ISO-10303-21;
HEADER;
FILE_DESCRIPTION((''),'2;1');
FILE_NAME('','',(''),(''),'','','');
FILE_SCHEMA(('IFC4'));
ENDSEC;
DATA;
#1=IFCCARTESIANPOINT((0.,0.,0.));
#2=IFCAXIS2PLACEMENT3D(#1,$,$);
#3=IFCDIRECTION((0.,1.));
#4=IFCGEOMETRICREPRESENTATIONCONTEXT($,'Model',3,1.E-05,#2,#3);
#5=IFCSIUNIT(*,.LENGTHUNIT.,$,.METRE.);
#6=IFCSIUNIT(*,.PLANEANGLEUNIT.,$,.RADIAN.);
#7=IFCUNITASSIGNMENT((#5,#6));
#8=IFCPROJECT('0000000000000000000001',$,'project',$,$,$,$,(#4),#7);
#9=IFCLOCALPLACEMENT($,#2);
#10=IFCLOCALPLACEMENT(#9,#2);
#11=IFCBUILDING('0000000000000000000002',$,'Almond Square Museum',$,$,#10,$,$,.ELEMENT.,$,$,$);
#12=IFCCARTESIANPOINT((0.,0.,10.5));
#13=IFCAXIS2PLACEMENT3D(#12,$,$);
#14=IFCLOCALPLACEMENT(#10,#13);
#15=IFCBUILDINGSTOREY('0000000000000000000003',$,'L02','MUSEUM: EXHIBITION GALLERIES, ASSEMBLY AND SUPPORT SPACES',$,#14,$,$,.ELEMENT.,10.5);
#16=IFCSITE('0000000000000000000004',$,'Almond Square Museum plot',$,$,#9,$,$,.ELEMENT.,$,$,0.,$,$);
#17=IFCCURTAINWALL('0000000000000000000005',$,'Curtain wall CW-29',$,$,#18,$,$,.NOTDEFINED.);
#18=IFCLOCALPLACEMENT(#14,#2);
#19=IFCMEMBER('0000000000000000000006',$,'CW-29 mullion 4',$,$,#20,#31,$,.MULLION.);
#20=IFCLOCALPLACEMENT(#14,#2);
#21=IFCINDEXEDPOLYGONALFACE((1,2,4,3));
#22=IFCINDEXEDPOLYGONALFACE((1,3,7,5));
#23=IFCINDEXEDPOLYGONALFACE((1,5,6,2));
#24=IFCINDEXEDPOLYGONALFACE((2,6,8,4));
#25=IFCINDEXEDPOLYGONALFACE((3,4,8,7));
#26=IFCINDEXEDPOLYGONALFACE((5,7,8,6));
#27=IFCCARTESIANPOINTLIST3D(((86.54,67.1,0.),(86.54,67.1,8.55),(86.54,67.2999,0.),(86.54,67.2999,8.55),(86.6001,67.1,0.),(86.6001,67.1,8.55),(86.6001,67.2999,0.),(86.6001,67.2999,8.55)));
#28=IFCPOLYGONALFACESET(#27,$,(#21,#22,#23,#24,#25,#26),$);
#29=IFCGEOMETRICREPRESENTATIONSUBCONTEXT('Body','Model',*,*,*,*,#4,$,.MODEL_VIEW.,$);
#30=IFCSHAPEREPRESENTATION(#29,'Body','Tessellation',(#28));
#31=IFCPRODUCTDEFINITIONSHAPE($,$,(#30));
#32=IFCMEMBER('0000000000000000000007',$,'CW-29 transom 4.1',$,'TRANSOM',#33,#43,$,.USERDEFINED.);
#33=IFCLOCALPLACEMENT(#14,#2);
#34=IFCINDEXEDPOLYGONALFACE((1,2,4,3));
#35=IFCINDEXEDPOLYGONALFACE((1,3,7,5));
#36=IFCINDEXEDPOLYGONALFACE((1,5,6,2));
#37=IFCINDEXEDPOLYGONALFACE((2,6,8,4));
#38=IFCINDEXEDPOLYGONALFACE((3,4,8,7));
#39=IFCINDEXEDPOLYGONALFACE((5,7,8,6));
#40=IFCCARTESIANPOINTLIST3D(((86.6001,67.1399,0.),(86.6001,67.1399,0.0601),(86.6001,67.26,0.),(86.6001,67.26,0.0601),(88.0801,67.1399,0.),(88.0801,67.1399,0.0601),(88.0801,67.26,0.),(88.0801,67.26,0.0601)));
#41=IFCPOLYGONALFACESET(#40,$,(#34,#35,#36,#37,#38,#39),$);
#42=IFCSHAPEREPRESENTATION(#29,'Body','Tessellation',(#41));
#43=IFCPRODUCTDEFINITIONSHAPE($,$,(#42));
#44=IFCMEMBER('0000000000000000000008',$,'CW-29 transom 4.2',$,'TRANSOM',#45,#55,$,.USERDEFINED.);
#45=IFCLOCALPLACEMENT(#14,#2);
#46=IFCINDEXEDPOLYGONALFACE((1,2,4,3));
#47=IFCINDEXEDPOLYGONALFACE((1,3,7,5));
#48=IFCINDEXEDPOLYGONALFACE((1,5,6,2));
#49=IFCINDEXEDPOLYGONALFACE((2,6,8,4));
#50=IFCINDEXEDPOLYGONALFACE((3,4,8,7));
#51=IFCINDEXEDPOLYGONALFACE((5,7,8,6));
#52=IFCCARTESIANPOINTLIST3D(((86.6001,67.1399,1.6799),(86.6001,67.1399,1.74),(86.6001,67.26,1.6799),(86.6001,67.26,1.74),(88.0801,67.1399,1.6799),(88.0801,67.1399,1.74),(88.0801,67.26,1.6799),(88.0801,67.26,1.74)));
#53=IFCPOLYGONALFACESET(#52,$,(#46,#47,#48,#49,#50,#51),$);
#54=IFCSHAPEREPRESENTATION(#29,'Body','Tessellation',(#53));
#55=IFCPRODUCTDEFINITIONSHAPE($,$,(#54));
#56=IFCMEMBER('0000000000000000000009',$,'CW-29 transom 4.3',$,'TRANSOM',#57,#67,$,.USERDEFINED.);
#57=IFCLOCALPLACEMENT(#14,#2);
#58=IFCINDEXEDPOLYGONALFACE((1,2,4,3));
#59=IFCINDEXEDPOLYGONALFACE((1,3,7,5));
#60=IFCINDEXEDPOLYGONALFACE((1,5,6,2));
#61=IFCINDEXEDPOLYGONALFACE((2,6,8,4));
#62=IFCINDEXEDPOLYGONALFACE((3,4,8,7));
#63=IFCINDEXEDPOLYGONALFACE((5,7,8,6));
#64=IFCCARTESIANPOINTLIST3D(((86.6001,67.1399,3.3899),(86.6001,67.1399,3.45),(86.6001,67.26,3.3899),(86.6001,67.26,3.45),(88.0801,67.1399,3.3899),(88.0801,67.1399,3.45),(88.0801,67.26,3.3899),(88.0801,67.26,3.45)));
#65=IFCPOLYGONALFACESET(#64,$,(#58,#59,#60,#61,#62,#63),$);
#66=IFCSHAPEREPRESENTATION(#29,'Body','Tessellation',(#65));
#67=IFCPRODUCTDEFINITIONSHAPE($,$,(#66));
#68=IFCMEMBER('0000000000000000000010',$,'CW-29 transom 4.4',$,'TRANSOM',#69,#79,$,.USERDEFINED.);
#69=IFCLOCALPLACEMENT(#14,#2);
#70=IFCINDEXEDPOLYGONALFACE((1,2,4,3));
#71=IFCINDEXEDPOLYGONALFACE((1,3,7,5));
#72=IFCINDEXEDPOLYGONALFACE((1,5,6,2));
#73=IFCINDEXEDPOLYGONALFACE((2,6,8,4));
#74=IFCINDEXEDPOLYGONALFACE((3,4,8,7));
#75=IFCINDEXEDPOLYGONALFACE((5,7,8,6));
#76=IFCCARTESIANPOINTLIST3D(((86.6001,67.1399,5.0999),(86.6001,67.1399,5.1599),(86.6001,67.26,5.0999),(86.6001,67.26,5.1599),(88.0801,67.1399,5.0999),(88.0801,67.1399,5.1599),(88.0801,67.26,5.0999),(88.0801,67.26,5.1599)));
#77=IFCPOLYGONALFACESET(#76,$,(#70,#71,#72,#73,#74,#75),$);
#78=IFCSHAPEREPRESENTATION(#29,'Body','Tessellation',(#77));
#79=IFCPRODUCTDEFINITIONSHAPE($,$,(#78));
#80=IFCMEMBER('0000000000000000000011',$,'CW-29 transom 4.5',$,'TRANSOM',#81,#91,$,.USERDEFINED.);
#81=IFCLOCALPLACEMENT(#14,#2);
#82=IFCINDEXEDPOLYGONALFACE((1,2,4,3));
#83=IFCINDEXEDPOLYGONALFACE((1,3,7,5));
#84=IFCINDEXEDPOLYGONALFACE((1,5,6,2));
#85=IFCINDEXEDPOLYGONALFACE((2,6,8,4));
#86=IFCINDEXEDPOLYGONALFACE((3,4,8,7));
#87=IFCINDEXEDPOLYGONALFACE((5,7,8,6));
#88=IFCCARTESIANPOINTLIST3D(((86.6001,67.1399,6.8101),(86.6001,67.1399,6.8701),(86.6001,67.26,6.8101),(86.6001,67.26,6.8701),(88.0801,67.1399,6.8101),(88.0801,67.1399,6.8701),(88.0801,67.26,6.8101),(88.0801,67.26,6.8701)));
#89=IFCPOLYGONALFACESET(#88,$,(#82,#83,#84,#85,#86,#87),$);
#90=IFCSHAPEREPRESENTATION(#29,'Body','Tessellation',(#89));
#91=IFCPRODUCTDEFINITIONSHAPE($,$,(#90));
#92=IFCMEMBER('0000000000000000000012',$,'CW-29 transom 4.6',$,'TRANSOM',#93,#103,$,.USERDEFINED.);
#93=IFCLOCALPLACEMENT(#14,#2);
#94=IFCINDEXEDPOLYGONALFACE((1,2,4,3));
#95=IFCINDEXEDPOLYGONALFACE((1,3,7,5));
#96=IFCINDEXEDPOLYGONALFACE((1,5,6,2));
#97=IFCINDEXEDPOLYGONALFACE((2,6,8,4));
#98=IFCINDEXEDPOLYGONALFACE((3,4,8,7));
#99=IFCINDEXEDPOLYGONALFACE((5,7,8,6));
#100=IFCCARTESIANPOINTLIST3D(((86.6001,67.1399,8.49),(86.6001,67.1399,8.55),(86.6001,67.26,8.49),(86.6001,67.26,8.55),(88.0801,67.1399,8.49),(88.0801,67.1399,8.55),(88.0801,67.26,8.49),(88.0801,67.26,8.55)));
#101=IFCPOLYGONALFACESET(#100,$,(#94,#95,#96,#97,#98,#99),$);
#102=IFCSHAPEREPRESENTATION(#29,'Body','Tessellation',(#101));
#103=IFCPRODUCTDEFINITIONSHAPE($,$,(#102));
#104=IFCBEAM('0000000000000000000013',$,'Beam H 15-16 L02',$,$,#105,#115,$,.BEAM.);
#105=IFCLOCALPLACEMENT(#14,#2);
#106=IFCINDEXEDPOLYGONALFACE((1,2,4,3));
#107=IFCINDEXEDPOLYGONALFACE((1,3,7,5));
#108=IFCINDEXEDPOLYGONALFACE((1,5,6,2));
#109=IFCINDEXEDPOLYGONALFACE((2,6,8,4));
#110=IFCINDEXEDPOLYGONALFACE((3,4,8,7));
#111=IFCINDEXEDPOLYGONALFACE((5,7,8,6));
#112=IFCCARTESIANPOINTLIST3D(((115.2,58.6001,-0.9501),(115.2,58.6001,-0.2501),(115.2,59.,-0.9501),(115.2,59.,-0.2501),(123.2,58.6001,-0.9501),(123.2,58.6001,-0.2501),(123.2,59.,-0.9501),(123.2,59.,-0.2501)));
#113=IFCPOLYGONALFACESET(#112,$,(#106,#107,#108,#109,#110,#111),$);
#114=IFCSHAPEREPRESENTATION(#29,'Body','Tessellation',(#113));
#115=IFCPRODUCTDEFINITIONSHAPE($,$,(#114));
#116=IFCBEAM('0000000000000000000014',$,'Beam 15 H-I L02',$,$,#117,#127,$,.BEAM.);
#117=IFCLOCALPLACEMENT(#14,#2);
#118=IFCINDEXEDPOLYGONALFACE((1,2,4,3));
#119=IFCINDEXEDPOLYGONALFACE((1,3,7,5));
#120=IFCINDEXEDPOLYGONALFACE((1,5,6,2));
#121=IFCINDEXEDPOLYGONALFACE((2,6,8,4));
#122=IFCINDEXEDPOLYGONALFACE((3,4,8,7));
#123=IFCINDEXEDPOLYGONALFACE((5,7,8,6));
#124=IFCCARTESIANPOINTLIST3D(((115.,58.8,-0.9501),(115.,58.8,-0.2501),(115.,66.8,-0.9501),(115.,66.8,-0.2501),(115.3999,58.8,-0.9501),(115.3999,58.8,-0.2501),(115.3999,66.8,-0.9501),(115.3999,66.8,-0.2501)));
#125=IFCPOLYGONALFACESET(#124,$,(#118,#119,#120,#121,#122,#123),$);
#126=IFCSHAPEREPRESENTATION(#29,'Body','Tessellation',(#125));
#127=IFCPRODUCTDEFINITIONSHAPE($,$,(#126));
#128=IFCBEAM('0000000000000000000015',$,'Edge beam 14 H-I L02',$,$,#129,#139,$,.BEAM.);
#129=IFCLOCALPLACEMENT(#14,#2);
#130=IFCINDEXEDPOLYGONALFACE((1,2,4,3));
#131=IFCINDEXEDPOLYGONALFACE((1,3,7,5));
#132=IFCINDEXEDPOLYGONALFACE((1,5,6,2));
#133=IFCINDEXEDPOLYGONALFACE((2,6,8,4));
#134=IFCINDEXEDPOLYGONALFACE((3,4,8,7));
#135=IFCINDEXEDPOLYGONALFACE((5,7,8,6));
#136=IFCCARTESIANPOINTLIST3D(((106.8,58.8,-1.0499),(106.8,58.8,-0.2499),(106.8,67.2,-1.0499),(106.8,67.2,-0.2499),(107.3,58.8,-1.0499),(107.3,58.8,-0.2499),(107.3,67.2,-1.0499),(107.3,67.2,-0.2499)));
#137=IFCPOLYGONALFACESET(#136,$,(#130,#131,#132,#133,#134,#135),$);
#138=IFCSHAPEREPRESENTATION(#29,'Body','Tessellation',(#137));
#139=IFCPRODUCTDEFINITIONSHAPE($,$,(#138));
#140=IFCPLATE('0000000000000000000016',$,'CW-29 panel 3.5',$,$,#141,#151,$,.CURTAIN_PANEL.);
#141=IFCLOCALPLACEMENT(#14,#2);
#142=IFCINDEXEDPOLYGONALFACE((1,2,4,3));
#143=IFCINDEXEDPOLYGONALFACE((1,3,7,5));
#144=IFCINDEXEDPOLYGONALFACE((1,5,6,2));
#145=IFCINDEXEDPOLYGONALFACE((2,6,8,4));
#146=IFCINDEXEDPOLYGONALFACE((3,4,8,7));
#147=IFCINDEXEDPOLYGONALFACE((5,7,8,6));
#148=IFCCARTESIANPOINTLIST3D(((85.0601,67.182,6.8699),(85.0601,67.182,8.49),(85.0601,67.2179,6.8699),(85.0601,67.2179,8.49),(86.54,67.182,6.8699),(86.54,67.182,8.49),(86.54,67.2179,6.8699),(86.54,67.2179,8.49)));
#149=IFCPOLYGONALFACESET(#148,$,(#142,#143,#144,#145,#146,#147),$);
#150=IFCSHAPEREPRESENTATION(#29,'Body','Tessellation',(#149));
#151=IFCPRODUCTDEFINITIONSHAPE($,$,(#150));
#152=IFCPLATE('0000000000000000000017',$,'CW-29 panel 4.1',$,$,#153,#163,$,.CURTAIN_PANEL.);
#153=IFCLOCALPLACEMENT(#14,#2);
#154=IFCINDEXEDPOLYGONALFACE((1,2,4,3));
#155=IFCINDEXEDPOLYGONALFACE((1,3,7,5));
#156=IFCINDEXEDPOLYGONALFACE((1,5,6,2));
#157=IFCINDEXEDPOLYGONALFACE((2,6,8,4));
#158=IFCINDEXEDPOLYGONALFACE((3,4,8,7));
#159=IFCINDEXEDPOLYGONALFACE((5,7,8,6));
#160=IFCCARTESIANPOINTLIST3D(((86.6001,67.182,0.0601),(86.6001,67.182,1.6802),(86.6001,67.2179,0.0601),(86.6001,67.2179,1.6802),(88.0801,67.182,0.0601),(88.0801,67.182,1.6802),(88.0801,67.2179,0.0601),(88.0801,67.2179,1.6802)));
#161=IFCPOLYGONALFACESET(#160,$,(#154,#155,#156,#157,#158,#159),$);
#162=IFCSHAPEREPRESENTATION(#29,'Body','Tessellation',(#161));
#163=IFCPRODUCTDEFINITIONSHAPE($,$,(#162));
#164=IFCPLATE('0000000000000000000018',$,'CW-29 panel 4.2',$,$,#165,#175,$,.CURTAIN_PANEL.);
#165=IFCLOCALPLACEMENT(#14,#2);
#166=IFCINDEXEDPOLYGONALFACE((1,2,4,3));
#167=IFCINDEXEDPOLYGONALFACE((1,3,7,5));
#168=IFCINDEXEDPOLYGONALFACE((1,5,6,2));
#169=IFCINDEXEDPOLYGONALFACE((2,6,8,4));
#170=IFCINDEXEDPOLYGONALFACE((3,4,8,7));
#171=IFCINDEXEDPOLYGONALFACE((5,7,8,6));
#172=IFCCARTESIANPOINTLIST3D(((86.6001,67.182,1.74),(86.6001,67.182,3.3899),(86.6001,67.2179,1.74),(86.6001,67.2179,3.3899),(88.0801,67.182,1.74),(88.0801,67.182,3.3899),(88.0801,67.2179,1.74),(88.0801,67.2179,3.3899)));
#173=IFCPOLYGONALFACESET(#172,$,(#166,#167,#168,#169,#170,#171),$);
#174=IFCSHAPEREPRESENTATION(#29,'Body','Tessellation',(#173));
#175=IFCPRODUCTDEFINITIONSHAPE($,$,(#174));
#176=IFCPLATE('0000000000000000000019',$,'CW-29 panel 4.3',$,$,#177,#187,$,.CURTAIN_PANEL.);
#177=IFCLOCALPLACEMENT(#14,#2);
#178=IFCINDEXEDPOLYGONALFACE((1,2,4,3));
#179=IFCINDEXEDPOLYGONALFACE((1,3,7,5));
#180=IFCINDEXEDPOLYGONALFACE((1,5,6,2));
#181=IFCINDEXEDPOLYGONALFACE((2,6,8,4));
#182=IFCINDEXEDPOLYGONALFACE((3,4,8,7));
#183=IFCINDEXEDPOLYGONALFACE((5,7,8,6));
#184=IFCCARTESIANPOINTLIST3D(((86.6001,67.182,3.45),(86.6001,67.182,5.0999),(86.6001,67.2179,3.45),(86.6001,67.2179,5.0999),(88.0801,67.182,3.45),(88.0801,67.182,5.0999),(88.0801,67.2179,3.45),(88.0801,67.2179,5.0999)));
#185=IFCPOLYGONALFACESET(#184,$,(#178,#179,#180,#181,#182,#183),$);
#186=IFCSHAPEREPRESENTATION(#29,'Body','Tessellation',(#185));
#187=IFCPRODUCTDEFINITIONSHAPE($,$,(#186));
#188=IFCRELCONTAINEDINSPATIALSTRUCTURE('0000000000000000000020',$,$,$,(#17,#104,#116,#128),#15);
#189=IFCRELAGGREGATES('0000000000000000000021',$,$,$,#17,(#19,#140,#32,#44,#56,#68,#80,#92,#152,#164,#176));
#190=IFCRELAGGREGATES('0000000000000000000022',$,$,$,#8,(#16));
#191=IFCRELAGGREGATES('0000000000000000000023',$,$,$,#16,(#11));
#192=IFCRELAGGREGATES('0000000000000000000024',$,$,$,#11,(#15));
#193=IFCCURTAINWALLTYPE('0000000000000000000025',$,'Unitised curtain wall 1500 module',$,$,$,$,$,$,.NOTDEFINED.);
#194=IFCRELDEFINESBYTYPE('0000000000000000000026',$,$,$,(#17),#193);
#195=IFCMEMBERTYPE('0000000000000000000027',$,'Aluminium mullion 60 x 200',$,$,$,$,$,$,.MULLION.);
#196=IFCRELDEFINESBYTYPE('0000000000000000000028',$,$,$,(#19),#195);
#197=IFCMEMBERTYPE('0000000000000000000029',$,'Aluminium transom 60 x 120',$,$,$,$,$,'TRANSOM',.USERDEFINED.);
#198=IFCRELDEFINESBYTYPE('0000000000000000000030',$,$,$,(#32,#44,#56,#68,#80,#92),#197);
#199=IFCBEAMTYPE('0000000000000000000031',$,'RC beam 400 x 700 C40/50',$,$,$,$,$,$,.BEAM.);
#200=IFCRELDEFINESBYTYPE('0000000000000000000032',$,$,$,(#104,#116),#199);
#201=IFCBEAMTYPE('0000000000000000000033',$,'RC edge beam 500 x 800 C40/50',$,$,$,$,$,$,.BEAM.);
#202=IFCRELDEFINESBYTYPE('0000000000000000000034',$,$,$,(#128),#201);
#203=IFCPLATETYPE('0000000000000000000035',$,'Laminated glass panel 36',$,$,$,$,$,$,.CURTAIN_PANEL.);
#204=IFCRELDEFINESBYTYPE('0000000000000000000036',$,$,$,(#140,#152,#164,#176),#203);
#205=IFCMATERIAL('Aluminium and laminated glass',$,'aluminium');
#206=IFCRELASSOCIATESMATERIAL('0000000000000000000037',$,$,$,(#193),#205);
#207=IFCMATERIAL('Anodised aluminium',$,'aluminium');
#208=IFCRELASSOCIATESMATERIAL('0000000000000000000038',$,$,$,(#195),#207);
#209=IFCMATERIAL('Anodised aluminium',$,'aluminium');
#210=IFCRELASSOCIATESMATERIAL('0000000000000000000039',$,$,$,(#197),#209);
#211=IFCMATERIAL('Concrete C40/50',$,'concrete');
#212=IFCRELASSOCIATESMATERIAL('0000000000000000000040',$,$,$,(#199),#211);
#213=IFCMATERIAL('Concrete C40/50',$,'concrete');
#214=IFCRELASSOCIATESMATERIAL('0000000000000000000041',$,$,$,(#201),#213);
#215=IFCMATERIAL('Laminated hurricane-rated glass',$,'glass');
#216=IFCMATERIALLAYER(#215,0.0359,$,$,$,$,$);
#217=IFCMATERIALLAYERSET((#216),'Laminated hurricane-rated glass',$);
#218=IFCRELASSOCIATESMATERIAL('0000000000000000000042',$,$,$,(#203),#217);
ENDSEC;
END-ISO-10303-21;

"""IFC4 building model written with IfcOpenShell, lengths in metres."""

from ifc_helpers import new_model, si_unit, direction, frame, origin, origin_2d, place, context, subcontext, project, spatial, rectangle, extrude, material, layer, layer_set, material_profile, profile_set, type_object, element, aggregate, save


model = new_model("IFC4")

# Units and contexts
model_context = context("Model", 3, precision=1e-05, world=origin(), true_north=direction((0.0, 1.0)))
body_context = subcontext(model_context, "Body", "Model", "MODEL_VIEW")
ifc_project = project(units=[si_unit("LENGTHUNIT", "METRE"), si_unit("PLANEANGLEUNIT", "RADIAN")], contexts=[model_context])

# Site, building, storey
site_placement = place(None, origin())
site = spatial("IfcSite", under=ifc_project, at=site_placement, Name="Almond Square Museum plot", CompositionType="ELEMENT", RefElevation=0.0)
building_placement = place(site_placement, origin())
building = spatial("IfcBuilding", under=site, at=building_placement, Name="Almond Square Museum", CompositionType="ELEMENT")
storey_placement = place(building_placement, frame((0.0, 0.0, 10.5)))
storey = spatial("IfcBuildingStorey", under=building, at=storey_placement, Name="L02", Description="MUSEUM: EXHIBITION GALLERIES, ASSEMBLY AND SUPPORT SPACES", CompositionType="ELEMENT", Elevation=10.5)

# Curtain wall, members
ifc_material_1 = material(Name="Aluminium and laminated glass", Category="aluminium")
curtain_wall_type = type_object("IfcCurtainWallType", Name="Unitised curtain wall 1500 module", PredefinedType="NOTDEFINED", material=ifc_material_1)
curtain_wall_placement = place(storey_placement, origin())
curtain_wall = element("IfcCurtainWall", 1, at=curtain_wall_placement, inside=storey, type_object=curtain_wall_type, Name="Curtain wall CW-29", PredefinedType="NOTDEFINED")
ifc_material_2 = material(Name="Anodised aluminium", Category="aluminium")
ifc_material_profile_1 = material_profile(ifc_material_2, rectangle(XDim=0.2, YDim=0.0601, at=origin_2d()))
ifc_profile_set_1 = profile_set([ifc_material_profile_1], Name="Anodised aluminium")
member_type_1 = type_object("IfcMemberType", Name="Aluminium mullion 60 x 200", PredefinedType="MULLION", material=ifc_profile_set_1)
member_1_placement = place(storey_placement, frame((86.5701, 67.2, 0.0), z_axis=(0.0, 0.0, 1.0), x_axis=(0.0, 1.0, 0.0)))
member_1 = element("IfcMember", 2, at=member_1_placement, type_object=member_type_1, Name="CW-29 mullion 4", PredefinedType="MULLION", context=body_context, shape_type="SweptSolid", body=[
    extrude(rectangle(XDim=0.2, YDim=0.0601, at=origin_2d()), origin(), (0.0, 0.0, 1.0), 8.55),
])
ifc_material_3 = material(Name="Anodised aluminium", Category="aluminium")
ifc_material_profile_2 = material_profile(ifc_material_3, rectangle(XDim=0.1201, YDim=0.0601, at=origin_2d()))
ifc_profile_set_2 = profile_set([ifc_material_profile_2], Name="Anodised aluminium")
member_type_2 = type_object("IfcMemberType", Name="Aluminium transom 60 x 120", ElementType="TRANSOM", PredefinedType="USERDEFINED", material=ifc_profile_set_2)
member_2_placement = place(storey_placement, frame((86.6001, 67.2, 0.03), z_axis=(1.0, 0.0, 0.0), x_axis=(0.0, 1.0, 0.0)))
member_2 = element("IfcMember", 3, at=member_2_placement, type_object=member_type_2, Name="CW-29 transom 4.1", ObjectType="TRANSOM", PredefinedType="USERDEFINED", context=body_context, shape_type="SweptSolid", body=[
    extrude(rectangle(XDim=0.1201, YDim=0.0601, at=origin_2d()), origin(), (0.0, 0.0, 1.0), 1.48),
])
member_3_placement = place(storey_placement, frame((86.6001, 67.2, 1.71), z_axis=(1.0, 0.0, 0.0), x_axis=(0.0, 1.0, 0.0)))
member_3 = element("IfcMember", 4, at=member_3_placement, type_object=member_type_2, Name="CW-29 transom 4.2", ObjectType="TRANSOM", PredefinedType="USERDEFINED", context=body_context, shape_type="SweptSolid", body=[
    extrude(rectangle(XDim=0.1201, YDim=0.0601, at=origin_2d()), origin(), (0.0, 0.0, 1.0), 1.48),
])
member_4_placement = place(storey_placement, frame((86.6001, 67.2, 3.4199), z_axis=(1.0, 0.0, 0.0), x_axis=(0.0, 1.0, 0.0)))
member_4 = element("IfcMember", 5, at=member_4_placement, type_object=member_type_2, Name="CW-29 transom 4.3", ObjectType="TRANSOM", PredefinedType="USERDEFINED", context=body_context, shape_type="SweptSolid", body=[
    extrude(rectangle(XDim=0.1201, YDim=0.0601, at=origin_2d()), origin(), (0.0, 0.0, 1.0), 1.48),
])
member_5_placement = place(storey_placement, frame((86.6001, 67.2, 5.1299), z_axis=(1.0, 0.0, 0.0), x_axis=(0.0, 1.0, 0.0)))
member_5 = element("IfcMember", 6, at=member_5_placement, type_object=member_type_2, Name="CW-29 transom 4.4", ObjectType="TRANSOM", PredefinedType="USERDEFINED", context=body_context, shape_type="SweptSolid", body=[
    extrude(rectangle(XDim=0.1201, YDim=0.0601, at=origin_2d()), origin(), (0.0, 0.0, 1.0), 1.48),
])
member_6_placement = place(storey_placement, frame((86.6001, 67.2, 6.8401), z_axis=(1.0, 0.0, 0.0), x_axis=(0.0, 1.0, 0.0)))
member_6 = element("IfcMember", 7, at=member_6_placement, type_object=member_type_2, Name="CW-29 transom 4.5", ObjectType="TRANSOM", PredefinedType="USERDEFINED", context=body_context, shape_type="SweptSolid", body=[
    extrude(rectangle(XDim=0.1201, YDim=0.0601, at=origin_2d()), origin(), (0.0, 0.0, 1.0), 1.48),
])
member_7_placement = place(storey_placement, frame((86.6001, 67.2, 8.52), z_axis=(1.0, 0.0, 0.0), x_axis=(0.0, 1.0, 0.0)))
member_7 = element("IfcMember", 8, at=member_7_placement, type_object=member_type_2, Name="CW-29 transom 4.6", ObjectType="TRANSOM", PredefinedType="USERDEFINED", context=body_context, shape_type="SweptSolid", body=[
    extrude(rectangle(XDim=0.1201, YDim=0.0601, at=origin_2d()), origin(), (0.0, 0.0, 1.0), 1.48),
])

# Beams
ifc_material_4 = material(Name="Concrete C40/50", Category="concrete")
ifc_material_profile_3 = material_profile(ifc_material_4, rectangle(XDim=0.3999, YDim=0.7, at=origin_2d()))
ifc_profile_set_3 = profile_set([ifc_material_profile_3], Name="Concrete C40/50")
beam_type_1 = type_object("IfcBeamType", Name="RC beam 400 x 700 C40/50", PredefinedType="BEAM", material=ifc_profile_set_3)
for number, where, z_axis, x_axis, name in (
    (9, (115.2, 58.8, -0.6001), (1.0, 0.0, 0.0), (0.0, 1.0, 0.0), "Beam H 15-16 L02"),
    (10, (115.2, 58.8, -0.6001), (0.0, 1.0, 0.0), (-1.0, 0.0, 0.0), "Beam 15 H-I L02"),
):
    element("IfcBeam", number, at=place(storey_placement, frame(where, z_axis=z_axis, x_axis=x_axis)), inside=storey, type_object=beam_type_1, Name=name, PredefinedType="BEAM", context=body_context, shape_type="SweptSolid", body=[
        extrude(rectangle(XDim=0.3999, YDim=0.7, at=origin_2d()), origin(), (0.0, 0.0, 1.0), 8.0),
    ])
ifc_material_5 = material(Name="Concrete C40/50", Category="concrete")
ifc_material_profile_4 = material_profile(ifc_material_5, rectangle(XDim=0.5, YDim=0.8, at=origin_2d()))
ifc_profile_set_4 = profile_set([ifc_material_profile_4], Name="Concrete C40/50")
beam_type_2 = type_object("IfcBeamType", Name="RC edge beam 500 x 800 C40/50", PredefinedType="BEAM", material=ifc_profile_set_4)
beam_placement = place(storey_placement, frame((107.05, 58.8, -0.6499), z_axis=(0.0, 1.0, 0.0), x_axis=(-1.0, 0.0, 0.0)))
element("IfcBeam", 11, at=beam_placement, inside=storey, type_object=beam_type_2, Name="Edge beam 14 H-I L02", PredefinedType="BEAM", context=body_context, shape_type="SweptSolid", body=[
    extrude(rectangle(XDim=0.5, YDim=0.8, at=origin_2d()), origin(), (0.0, 0.0, 1.0), 8.3999),
])

# Plates
ifc_material_6 = material(Name="Laminated hurricane-rated glass", Category="glass")
ifc_layer_1 = layer(ifc_material_6, 0.0359)
ifc_layer_set_1 = layer_set([ifc_layer_1], Name="Laminated hurricane-rated glass")
plate_type = type_object("IfcPlateType", Name="Laminated glass panel 36", PredefinedType="CURTAIN_PANEL", material=ifc_layer_set_1)
plate_1_placement = place(storey_placement, frame((85.8, 67.2, 6.8699), z_axis=(0.0, 0.0, 1.0), x_axis=(1.0, 0.0, 0.0)))
plate_1 = element("IfcPlate", 12, at=plate_1_placement, type_object=plate_type, Name="CW-29 panel 3.5", PredefinedType="CURTAIN_PANEL", context=body_context, shape_type="SweptSolid", body=[
    extrude(rectangle(XDim=1.48, YDim=0.0359, at=origin_2d()), origin(), (0.0, 0.0, 1.0), 1.6201),
])
plate_2_placement = place(storey_placement, frame((87.3401, 67.2, 0.0601), z_axis=(0.0, 0.0, 1.0), x_axis=(1.0, 0.0, 0.0)))
plate_2 = element("IfcPlate", 13, at=plate_2_placement, type_object=plate_type, Name="CW-29 panel 4.1", PredefinedType="CURTAIN_PANEL", context=body_context, shape_type="SweptSolid", body=[
    extrude(rectangle(XDim=1.48, YDim=0.0359, at=origin_2d()), origin(), (0.0, 0.0, 1.0), 1.6201),
])
plate_3_placement = place(storey_placement, frame((87.3401, 67.2, 1.74), z_axis=(0.0, 0.0, 1.0), x_axis=(1.0, 0.0, 0.0)))
plate_3 = element("IfcPlate", 14, at=plate_3_placement, type_object=plate_type, Name="CW-29 panel 4.2", PredefinedType="CURTAIN_PANEL", context=body_context, shape_type="SweptSolid", body=[
    extrude(rectangle(XDim=1.48, YDim=0.0359, at=origin_2d()), origin(), (0.0, 0.0, 1.0), 1.6499),
])
plate_4_placement = place(storey_placement, frame((87.3401, 67.2, 3.45), z_axis=(0.0, 0.0, 1.0), x_axis=(1.0, 0.0, 0.0)))
plate_4 = element("IfcPlate", 15, at=plate_4_placement, type_object=plate_type, Name="CW-29 panel 4.3", PredefinedType="CURTAIN_PANEL", context=body_context, shape_type="SweptSolid", body=[
    extrude(rectangle(XDim=1.48, YDim=0.0359, at=origin_2d()), origin(), (0.0, 0.0, 1.0), 1.6499),
])
aggregate(curtain_wall, [member_1, plate_1, member_2, member_3, member_4, member_5, member_6, member_7, plate_2, plate_3, plate_4])

save(model, "model.ifc")
